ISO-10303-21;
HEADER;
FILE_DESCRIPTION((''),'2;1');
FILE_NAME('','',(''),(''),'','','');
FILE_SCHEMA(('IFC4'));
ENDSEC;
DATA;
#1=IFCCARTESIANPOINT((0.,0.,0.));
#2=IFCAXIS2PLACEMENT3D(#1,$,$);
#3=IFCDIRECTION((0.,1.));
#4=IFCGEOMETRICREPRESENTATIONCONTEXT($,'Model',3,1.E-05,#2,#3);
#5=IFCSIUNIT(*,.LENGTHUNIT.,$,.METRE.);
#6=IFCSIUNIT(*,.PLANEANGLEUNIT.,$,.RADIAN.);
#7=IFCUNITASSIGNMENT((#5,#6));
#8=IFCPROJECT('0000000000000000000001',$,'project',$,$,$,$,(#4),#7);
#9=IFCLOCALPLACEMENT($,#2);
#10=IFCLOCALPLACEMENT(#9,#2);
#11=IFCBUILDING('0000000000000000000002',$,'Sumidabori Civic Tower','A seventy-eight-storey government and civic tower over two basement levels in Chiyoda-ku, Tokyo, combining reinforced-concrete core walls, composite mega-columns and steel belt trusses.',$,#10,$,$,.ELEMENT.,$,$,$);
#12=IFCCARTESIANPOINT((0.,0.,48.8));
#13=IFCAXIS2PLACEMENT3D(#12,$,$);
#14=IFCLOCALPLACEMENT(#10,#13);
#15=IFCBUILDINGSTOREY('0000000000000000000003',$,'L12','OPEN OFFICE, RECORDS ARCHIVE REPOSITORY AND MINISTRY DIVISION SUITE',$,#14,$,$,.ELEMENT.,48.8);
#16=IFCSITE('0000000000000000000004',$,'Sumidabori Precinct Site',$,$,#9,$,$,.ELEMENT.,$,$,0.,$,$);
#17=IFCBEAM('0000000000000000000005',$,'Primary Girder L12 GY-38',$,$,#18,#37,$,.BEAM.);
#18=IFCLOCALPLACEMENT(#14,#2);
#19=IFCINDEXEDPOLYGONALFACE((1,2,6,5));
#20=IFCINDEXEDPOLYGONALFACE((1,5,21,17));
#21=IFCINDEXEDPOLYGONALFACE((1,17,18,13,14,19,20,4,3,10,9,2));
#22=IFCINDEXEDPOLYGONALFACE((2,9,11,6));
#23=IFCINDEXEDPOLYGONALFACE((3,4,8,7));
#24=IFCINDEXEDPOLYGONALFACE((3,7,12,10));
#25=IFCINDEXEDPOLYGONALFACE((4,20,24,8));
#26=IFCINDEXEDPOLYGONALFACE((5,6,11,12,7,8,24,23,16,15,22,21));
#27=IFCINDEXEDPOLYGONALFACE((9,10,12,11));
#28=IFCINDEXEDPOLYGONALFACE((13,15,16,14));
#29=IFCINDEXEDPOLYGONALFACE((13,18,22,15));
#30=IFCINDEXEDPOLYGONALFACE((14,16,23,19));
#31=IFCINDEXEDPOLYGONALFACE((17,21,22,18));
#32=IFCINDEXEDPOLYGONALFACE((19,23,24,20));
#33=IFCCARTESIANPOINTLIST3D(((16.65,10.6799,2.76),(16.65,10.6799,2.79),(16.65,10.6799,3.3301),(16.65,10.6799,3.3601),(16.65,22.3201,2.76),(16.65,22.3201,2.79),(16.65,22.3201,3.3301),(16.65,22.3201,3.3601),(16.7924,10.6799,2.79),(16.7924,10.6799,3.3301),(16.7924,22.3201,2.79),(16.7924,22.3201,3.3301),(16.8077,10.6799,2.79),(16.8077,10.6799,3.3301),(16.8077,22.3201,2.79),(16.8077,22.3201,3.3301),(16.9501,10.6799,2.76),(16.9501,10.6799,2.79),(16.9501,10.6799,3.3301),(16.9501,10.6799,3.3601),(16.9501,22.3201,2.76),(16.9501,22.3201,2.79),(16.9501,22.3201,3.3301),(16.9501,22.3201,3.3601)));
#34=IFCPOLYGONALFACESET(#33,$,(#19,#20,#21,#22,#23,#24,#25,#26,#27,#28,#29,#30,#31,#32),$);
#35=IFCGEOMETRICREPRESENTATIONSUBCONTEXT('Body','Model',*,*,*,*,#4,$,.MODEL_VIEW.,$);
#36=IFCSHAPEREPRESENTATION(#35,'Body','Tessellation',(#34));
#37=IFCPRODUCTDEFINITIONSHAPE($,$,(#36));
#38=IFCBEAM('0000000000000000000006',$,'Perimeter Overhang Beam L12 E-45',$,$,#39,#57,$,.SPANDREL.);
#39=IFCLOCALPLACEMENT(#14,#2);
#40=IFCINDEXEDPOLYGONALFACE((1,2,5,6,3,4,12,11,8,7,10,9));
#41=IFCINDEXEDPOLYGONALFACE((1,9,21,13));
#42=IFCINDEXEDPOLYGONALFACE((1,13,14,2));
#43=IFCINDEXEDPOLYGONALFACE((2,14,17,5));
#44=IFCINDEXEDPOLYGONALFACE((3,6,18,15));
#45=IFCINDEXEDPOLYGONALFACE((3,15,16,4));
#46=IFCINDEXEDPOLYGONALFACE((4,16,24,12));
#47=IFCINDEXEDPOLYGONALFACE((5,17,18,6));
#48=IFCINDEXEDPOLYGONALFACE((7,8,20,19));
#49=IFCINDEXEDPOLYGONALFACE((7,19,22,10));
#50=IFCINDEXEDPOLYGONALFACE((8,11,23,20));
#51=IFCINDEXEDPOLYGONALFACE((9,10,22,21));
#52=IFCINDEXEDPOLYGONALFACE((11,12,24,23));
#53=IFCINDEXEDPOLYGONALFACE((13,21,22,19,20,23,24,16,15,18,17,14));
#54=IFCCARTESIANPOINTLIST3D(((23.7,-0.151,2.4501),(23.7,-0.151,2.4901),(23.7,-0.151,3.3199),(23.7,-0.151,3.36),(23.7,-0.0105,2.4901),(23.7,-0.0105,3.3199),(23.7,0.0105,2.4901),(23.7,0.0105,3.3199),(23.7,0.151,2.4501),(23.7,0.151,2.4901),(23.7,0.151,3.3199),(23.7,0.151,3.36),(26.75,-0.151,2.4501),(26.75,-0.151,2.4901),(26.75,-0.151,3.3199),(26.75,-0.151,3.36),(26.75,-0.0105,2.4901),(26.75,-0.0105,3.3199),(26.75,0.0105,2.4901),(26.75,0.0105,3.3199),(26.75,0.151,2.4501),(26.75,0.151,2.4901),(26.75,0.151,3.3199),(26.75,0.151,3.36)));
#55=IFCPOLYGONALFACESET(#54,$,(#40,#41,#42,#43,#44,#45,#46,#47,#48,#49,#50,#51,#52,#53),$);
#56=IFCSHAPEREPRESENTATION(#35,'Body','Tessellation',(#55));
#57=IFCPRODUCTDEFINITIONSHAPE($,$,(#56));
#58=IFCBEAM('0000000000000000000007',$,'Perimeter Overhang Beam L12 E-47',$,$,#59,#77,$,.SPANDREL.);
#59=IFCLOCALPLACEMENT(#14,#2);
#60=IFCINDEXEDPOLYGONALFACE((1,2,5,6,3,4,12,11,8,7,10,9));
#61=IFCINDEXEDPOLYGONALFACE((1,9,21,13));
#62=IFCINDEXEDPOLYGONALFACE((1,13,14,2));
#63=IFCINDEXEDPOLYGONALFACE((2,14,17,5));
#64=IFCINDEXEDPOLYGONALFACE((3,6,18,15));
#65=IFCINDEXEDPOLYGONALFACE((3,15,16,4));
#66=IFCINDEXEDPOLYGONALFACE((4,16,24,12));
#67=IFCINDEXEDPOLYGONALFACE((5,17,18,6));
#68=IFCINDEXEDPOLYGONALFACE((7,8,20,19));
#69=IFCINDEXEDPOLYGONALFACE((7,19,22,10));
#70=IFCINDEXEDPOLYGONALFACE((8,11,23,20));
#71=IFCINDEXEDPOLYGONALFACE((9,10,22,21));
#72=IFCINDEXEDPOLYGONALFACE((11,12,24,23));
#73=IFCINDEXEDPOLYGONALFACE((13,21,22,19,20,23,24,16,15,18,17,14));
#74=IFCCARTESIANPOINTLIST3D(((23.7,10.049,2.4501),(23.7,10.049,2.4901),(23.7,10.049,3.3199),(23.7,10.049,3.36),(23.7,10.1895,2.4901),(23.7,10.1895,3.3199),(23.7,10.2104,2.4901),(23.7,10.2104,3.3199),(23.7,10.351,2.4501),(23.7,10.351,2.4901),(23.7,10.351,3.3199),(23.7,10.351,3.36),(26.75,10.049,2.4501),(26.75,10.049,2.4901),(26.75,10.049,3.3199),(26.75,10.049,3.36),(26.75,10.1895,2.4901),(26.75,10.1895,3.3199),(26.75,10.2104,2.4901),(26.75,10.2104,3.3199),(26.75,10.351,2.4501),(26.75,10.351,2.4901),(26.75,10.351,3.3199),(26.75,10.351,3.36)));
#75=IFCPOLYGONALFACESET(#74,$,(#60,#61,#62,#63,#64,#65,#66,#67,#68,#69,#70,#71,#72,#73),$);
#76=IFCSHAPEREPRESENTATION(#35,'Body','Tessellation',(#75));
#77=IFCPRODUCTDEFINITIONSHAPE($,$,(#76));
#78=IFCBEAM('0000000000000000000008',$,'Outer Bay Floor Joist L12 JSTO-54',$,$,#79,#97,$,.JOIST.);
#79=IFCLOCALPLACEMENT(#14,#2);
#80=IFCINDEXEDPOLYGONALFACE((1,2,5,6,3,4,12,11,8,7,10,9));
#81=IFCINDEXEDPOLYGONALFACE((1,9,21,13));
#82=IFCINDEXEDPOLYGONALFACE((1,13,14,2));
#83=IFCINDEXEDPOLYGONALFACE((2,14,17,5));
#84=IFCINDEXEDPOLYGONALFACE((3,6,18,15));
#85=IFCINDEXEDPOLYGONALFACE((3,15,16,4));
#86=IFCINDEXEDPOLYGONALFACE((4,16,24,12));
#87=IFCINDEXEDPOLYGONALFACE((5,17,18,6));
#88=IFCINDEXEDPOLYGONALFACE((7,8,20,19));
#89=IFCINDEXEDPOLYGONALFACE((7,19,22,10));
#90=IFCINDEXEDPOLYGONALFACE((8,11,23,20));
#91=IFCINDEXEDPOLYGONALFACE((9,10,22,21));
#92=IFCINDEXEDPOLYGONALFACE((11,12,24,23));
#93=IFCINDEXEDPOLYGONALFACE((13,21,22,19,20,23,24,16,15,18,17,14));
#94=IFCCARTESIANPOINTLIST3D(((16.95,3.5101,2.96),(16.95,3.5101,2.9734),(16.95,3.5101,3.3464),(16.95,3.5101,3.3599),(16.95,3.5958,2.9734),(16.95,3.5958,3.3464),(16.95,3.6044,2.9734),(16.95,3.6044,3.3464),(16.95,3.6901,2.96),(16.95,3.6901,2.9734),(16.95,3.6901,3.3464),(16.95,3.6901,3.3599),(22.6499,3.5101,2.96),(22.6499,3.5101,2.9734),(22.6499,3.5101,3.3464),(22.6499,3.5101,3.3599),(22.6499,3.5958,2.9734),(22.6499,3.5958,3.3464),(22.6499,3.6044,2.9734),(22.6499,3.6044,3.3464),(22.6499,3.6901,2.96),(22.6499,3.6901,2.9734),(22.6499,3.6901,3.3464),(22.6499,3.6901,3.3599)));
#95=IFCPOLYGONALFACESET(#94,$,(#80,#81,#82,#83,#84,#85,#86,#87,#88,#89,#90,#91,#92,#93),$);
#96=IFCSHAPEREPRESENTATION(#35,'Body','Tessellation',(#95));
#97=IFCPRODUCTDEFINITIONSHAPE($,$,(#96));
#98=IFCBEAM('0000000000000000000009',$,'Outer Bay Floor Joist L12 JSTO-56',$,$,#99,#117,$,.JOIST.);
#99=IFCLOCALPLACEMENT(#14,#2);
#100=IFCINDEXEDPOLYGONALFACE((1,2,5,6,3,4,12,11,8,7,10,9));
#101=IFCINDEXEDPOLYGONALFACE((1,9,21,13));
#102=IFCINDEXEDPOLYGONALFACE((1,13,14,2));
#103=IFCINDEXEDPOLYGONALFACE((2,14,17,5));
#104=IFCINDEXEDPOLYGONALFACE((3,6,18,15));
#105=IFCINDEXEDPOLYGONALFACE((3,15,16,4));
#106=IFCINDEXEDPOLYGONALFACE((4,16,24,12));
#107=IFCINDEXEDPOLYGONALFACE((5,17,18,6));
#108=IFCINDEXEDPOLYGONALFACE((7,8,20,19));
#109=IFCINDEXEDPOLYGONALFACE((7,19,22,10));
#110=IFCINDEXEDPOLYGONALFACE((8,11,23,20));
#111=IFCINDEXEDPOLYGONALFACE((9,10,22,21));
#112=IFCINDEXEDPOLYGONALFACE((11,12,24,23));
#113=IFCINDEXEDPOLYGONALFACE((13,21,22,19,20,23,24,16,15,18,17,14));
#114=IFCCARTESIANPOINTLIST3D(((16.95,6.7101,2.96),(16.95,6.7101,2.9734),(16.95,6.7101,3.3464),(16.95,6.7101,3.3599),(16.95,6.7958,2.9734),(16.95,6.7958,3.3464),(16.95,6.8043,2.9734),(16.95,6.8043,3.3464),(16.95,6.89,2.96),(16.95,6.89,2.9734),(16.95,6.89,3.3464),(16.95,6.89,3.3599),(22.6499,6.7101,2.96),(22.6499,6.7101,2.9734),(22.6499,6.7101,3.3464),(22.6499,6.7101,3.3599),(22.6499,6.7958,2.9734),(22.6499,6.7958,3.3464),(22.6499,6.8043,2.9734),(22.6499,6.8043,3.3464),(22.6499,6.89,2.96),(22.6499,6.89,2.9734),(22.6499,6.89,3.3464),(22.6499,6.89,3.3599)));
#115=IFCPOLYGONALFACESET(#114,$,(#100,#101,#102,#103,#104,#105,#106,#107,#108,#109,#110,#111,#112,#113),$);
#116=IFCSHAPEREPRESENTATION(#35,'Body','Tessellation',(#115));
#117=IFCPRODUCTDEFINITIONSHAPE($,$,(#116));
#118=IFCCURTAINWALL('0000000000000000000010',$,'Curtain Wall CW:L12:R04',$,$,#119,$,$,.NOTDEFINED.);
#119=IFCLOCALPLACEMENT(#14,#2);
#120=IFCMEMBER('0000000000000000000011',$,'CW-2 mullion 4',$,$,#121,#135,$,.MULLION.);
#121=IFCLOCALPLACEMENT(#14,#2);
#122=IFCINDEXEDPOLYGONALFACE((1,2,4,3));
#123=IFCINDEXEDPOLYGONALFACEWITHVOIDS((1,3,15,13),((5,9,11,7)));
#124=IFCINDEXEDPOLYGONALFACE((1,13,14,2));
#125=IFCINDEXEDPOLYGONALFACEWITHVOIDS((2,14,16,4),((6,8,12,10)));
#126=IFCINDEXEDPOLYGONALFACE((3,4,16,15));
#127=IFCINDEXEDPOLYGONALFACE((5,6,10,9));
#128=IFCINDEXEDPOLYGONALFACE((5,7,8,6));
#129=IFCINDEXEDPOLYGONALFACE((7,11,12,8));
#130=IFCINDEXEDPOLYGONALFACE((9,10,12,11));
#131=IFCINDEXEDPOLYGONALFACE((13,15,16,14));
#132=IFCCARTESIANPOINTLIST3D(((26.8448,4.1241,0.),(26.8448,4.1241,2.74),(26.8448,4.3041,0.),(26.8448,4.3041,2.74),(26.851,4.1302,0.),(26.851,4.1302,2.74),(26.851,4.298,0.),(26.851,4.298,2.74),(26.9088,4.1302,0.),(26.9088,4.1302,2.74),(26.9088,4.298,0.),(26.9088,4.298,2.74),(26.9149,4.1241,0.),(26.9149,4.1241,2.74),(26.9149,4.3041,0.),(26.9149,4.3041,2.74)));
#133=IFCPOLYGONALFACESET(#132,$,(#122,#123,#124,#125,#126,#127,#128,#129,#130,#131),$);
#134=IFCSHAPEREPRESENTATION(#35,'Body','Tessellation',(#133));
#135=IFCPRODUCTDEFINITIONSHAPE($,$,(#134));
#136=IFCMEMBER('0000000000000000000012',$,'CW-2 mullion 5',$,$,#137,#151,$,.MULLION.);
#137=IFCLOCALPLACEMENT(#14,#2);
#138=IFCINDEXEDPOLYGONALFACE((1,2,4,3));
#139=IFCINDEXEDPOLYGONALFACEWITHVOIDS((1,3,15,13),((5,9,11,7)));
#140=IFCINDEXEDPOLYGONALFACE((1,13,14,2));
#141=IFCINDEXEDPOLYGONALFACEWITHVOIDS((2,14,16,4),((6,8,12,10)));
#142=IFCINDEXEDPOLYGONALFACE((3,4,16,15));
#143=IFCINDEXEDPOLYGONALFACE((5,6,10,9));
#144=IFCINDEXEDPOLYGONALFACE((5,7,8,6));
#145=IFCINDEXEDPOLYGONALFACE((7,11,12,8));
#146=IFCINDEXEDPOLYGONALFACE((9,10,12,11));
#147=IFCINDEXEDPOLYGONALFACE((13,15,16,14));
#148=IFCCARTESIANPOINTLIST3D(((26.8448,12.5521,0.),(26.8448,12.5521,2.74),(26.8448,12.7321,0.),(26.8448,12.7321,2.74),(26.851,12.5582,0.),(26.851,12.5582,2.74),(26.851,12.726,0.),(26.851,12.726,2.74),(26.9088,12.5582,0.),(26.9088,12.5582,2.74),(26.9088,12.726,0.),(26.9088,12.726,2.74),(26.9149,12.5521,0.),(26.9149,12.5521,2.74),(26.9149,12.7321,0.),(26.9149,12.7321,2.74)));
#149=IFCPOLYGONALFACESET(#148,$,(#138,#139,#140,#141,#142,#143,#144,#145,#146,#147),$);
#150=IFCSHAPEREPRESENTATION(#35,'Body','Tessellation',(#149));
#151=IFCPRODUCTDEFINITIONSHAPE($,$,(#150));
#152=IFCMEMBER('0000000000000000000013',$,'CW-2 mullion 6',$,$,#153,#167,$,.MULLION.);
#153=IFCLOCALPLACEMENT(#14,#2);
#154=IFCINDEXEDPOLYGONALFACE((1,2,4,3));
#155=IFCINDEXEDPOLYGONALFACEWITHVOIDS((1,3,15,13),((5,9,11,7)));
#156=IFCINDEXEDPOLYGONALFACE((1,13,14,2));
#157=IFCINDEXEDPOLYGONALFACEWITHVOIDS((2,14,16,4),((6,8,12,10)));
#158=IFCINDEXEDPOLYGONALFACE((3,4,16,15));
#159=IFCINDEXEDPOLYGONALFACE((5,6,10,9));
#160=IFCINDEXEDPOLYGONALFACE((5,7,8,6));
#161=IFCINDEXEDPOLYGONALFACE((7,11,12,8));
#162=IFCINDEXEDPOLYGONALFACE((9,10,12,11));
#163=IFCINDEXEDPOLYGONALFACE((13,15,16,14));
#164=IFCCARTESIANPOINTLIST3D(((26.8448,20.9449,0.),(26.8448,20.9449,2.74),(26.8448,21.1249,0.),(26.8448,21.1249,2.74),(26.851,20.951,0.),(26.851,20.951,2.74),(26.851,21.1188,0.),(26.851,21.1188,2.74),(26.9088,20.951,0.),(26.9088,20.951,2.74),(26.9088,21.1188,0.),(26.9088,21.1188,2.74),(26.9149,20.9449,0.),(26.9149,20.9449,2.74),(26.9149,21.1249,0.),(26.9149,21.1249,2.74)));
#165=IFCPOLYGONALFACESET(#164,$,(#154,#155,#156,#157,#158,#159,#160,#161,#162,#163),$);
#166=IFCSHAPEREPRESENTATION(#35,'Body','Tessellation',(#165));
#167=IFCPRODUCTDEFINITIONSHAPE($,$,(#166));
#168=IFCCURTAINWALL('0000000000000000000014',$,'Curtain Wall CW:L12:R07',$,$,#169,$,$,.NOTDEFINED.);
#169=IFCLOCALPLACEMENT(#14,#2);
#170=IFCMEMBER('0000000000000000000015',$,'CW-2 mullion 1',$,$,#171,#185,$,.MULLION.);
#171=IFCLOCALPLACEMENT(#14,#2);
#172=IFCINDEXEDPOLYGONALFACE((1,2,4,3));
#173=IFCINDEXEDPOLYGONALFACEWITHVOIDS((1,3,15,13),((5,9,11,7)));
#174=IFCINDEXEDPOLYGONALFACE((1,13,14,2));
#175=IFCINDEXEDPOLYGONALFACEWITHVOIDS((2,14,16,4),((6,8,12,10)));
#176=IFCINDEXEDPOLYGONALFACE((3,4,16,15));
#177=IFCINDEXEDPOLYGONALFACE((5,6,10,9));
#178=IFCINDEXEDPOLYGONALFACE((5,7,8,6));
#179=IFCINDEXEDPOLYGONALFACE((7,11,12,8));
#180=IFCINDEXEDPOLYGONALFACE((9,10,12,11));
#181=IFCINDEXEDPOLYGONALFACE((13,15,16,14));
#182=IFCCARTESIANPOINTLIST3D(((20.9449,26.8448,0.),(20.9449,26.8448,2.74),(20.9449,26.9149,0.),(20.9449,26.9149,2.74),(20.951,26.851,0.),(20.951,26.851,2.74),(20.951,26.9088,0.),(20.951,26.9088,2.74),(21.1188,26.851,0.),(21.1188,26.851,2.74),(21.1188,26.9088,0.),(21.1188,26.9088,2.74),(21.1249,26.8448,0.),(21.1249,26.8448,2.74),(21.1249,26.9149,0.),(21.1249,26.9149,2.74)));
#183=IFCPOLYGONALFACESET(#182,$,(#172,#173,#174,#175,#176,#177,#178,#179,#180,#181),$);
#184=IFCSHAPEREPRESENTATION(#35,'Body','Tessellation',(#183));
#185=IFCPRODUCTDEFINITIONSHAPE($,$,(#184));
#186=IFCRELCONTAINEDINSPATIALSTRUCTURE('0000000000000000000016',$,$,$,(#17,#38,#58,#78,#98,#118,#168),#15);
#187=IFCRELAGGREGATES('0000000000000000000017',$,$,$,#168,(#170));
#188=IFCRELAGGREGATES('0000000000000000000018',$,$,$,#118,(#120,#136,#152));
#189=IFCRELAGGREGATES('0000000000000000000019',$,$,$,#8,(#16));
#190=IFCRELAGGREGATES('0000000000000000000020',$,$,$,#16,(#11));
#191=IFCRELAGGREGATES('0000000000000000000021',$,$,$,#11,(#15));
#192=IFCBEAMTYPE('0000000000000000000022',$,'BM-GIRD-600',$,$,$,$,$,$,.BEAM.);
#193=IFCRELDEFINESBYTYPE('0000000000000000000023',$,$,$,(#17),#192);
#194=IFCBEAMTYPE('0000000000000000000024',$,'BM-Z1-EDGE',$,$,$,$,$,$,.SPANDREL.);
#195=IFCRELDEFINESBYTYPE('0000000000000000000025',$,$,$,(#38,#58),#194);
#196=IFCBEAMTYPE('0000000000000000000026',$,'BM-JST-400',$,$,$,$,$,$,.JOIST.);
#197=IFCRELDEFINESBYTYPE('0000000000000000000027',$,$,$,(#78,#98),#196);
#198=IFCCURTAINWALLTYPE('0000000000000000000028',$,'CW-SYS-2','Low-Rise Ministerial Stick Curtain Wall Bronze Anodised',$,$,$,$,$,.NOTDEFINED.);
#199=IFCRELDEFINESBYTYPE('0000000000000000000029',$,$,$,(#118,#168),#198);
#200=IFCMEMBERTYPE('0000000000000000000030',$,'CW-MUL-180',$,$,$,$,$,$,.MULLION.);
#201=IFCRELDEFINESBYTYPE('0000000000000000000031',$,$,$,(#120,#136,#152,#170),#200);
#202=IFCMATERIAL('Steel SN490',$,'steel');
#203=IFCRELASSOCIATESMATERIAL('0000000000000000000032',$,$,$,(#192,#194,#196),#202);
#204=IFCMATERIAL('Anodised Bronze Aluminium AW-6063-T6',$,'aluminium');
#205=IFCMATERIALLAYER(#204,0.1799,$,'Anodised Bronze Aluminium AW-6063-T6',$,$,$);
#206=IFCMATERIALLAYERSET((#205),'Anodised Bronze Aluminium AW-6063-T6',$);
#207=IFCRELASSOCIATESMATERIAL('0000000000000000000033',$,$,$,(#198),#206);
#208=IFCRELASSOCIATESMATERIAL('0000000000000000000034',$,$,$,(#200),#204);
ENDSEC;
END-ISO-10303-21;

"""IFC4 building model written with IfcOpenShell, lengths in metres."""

from ifc_helpers import new_model, si_unit, direction, frame, origin, origin_2d, place, context, subcontext, project, spatial, hollow_rectangle, i_section, extrude, source, transform, mapped, material, layer, layer_set, material_profile, profile_set, type_object, element, aggregate, save


model = new_model("IFC4")

# Units and contexts
model_context = context("Model", 3, precision=1e-05, world=origin(), true_north=direction((0.0, 1.0)))
body_context = subcontext(model_context, "Body", "Model", "MODEL_VIEW")
ifc_project = project(units=[si_unit("LENGTHUNIT", "METRE"), si_unit("PLANEANGLEUNIT", "RADIAN")], contexts=[model_context])

# Site, building, storey
site_placement = place(None, origin())
site = spatial("IfcSite", under=ifc_project, at=site_placement, Name="Sumidabori Precinct Site", CompositionType="ELEMENT", RefElevation=0.0)
building_placement = place(site_placement, origin())
building = spatial("IfcBuilding", under=site, at=building_placement, Name="Sumidabori Civic Tower", Description="A seventy-eight-storey government and civic tower over two basement levels in Chiyoda-ku, Tokyo, combining reinforced-concrete core walls, composite mega-columns and steel belt trusses.", CompositionType="ELEMENT")
storey_placement = place(building_placement, frame((0.0, 0.0, 48.8)))
storey = spatial("IfcBuildingStorey", under=building, at=storey_placement, Name="L12", Description="OPEN OFFICE, RECORDS ARCHIVE REPOSITORY AND MINISTRY DIVISION SUITE", CompositionType="ELEMENT", Elevation=48.8)

# Beams
ifc_material_1 = material(Name="Steel SN490", Category="steel")
ifc_material_profile_1 = material_profile(ifc_material_1, i_section(OverallWidth=0.3, OverallDepth=0.6001, WebThickness=0.0154, FlangeThickness=0.03, at=origin_2d()), Name="HE 600 B")
ifc_profile_set_1 = profile_set([ifc_material_profile_1], Name="Steel SN490")
beam_type_1 = type_object("IfcBeamType", Name="BM-GIRD-600", PredefinedType="BEAM", material=ifc_profile_set_1)
shared_shape_1 = source(origin(), body_context, "Body", "SweptSolid", [
    extrude(i_section(OverallWidth=0.3, OverallDepth=0.6001, WebThickness=0.0154, FlangeThickness=0.03, at=origin_2d()), origin(), (0.0, 0.0, 1.0), 11.6401),
])
beam_1_placement = place(storey_placement, frame((16.8, 10.6799, 3.0601), z_axis=(0.0, 1.0, 0.0), x_axis=(-1.0, 0.0, 0.0)))
element("IfcBeam", 1, at=beam_1_placement, inside=storey, type_object=beam_type_1, Name="Primary Girder L12 GY-38", PredefinedType="BEAM", context=body_context, shape_type="MappedRepresentation", body=[
    mapped(shared_shape_1, transform((0.0, 0.0, 0.0), x_axis=(1.0, 0.0, 0.0), y_axis=(0.0, 1.0, 0.0), z_axis=(0.0, 0.0, 1.0), scale=1.0)),
])
ifc_material_profile_2 = material_profile(ifc_material_1, i_section(OverallWidth=0.302, OverallDepth=0.9099, WebThickness=0.021, FlangeThickness=0.04, at=origin_2d()), Name="HE 900 M")
ifc_profile_set_2 = profile_set([ifc_material_profile_2], Name="Steel SN490")
beam_type_2 = type_object("IfcBeamType", Name="BM-Z1-EDGE", PredefinedType="SPANDREL", material=ifc_profile_set_2)
shared_shape_2 = source(origin(), body_context, "Body", "SweptSolid", [
    extrude(i_section(OverallWidth=0.302, OverallDepth=0.9099, WebThickness=0.021, FlangeThickness=0.04, at=origin_2d()), origin(), (0.0, 0.0, 1.0), 3.05),
])
for number, where, z_axis, x_axis, name in (
    (2, (23.7, 0.0, 2.905), (1.0, 0.0, 0.0), (0.0, 1.0, 0.0), "Perimeter Overhang Beam L12 E-45"),
    (3, (23.7, 10.2, 2.905), (1.0, 0.0, 0.0), (0.0, 1.0, 0.0), "Perimeter Overhang Beam L12 E-47"),
):
    element("IfcBeam", number, at=place(storey_placement, frame(where, z_axis=z_axis, x_axis=x_axis)), inside=storey, type_object=beam_type_2, Name=name, PredefinedType="SPANDREL", context=body_context, shape_type="MappedRepresentation", body=[
        mapped(shared_shape_2, transform((0.0, 0.0, 0.0), x_axis=(1.0, 0.0, 0.0), y_axis=(0.0, 1.0, 0.0), z_axis=(0.0, 0.0, 1.0), scale=1.0)),
    ])
ifc_material_profile_3 = material_profile(ifc_material_1, i_section(OverallWidth=0.1799, OverallDepth=0.3999, WebThickness=0.0085, FlangeThickness=0.0134, at=origin_2d()), Name="IPE 400")
ifc_profile_set_3 = profile_set([ifc_material_profile_3], Name="Steel SN490")
beam_type_3 = type_object("IfcBeamType", Name="BM-JST-400", PredefinedType="JOIST", material=ifc_profile_set_3)
shared_shape_3 = source(origin(), body_context, "Body", "SweptSolid", [
    extrude(i_section(OverallWidth=0.1799, OverallDepth=0.3999, WebThickness=0.0085, FlangeThickness=0.0134, at=origin_2d()), origin(), (0.0, 0.0, 1.0), 5.7),
])
for number, where, z_axis, x_axis, name in (
    (4, (16.95, 3.6001, 3.1599), (1.0, 0.0, 0.0), (0.0, 1.0, 0.0), "Outer Bay Floor Joist L12 JSTO-54"),
    (5, (16.95, 6.8, 3.1599), (1.0, 0.0, 0.0), (0.0, 1.0, 0.0), "Outer Bay Floor Joist L12 JSTO-56"),
):
    element("IfcBeam", number, at=place(storey_placement, frame(where, z_axis=z_axis, x_axis=x_axis)), inside=storey, type_object=beam_type_3, Name=name, PredefinedType="JOIST", context=body_context, shape_type="MappedRepresentation", body=[
        mapped(shared_shape_3, transform((0.0, 0.0, 0.0), x_axis=(1.0, 0.0, 0.0), y_axis=(0.0, 1.0, 0.0), z_axis=(0.0, 0.0, 1.0), scale=1.0)),
    ])

# Curtain wall, members
ifc_material_2 = material(Name="Anodised Bronze Aluminium AW-6063-T6", Category="aluminium")
ifc_layer_1 = layer(ifc_material_2, 0.1799, Name="Anodised Bronze Aluminium AW-6063-T6")
ifc_layer_set_1 = layer_set([ifc_layer_1], Name="Anodised Bronze Aluminium AW-6063-T6")
curtain_wall_type = type_object("IfcCurtainWallType", Name="CW-SYS-2", Description="Low-Rise Ministerial Stick Curtain Wall Bronze Anodised", PredefinedType="NOTDEFINED", material=ifc_layer_set_1)
curtain_wall_1_placement = place(storey_placement, origin())
curtain_wall_1 = element("IfcCurtainWall", 6, at=curtain_wall_1_placement, inside=storey, type_object=curtain_wall_type, Name="Curtain Wall CW:L12:R04", PredefinedType="NOTDEFINED")
ifc_material_profile_4 = material_profile(ifc_material_2, hollow_rectangle(XDim=0.0701, YDim=0.1799, WallThickness=0.0061, at=origin_2d()), Name="ALU MULLION 180x70")
ifc_profile_set_4 = profile_set([ifc_material_profile_4], Name="Anodised Bronze Aluminium AW-6063-T6")
member_type_1 = type_object("IfcMemberType", Name="CW-MUL-180", PredefinedType="MULLION", material=ifc_profile_set_4)
shared_shape_4 = source(origin(), body_context, "Body", "SweptSolid", [
    extrude(hollow_rectangle(XDim=0.0701, YDim=0.1799, WallThickness=0.0061, at=origin_2d()), origin(), (0.0, 0.0, 1.0), 2.74),
])
member_1_placement = place(storey_placement, frame((26.8799, 4.2141, 0.0), z_axis=(0.0, 0.0, 1.0), x_axis=(-1.0, 0.0, 0.0)))
member_1 = element("IfcMember", 7, at=member_1_placement, type_object=member_type_1, Name="CW-2 mullion 4", PredefinedType="MULLION", context=body_context, shape_type="MappedRepresentation", body=[
    mapped(shared_shape_4, transform((0.0, 0.0, 0.0), x_axis=(1.0, 0.0, 0.0), y_axis=(0.0, 1.0, 0.0), z_axis=(0.0, 0.0, 1.0), scale=1.0)),
])
member_2_placement = place(storey_placement, frame((26.8799, 12.6421, 0.0), z_axis=(0.0, 0.0, 1.0), x_axis=(-1.0, 0.0, 0.0)))
member_2 = element("IfcMember", 8, at=member_2_placement, type_object=member_type_1, Name="CW-2 mullion 5", PredefinedType="MULLION", context=body_context, shape_type="MappedRepresentation", body=[
    mapped(shared_shape_4, transform((0.0, 0.0, 0.0), x_axis=(1.0, 0.0, 0.0), y_axis=(0.0, 1.0, 0.0), z_axis=(0.0, 0.0, 1.0), scale=1.0)),
])
member_3_placement = place(storey_placement, frame((26.8799, 21.0349, 0.0), z_axis=(0.0, 0.0, 1.0), x_axis=(-1.0, 0.0, 0.0)))
member_3 = element("IfcMember", 9, at=member_3_placement, type_object=member_type_1, Name="CW-2 mullion 6", PredefinedType="MULLION", context=body_context, shape_type="MappedRepresentation", body=[
    mapped(shared_shape_4, transform((0.0, 0.0, 0.0), x_axis=(1.0, 0.0, 0.0), y_axis=(0.0, 1.0, 0.0), z_axis=(0.0, 0.0, 1.0), scale=1.0)),
])

# Curtain wall, member
curtain_wall_2_placement = place(storey_placement, origin())
curtain_wall_2 = element("IfcCurtainWall", 10, at=curtain_wall_2_placement, inside=storey, type_object=curtain_wall_type, Name="Curtain Wall CW:L12:R07", PredefinedType="NOTDEFINED")
member_4_placement = place(storey_placement, frame((21.0349, 26.8799, 0.0), z_axis=(0.0, 0.0, 1.0), x_axis=(0.0, -1.0, 0.0)))
member_4 = element("IfcMember", 11, at=member_4_placement, type_object=member_type_1, Name="CW-2 mullion 1", PredefinedType="MULLION", context=body_context, shape_type="MappedRepresentation", body=[
    mapped(shared_shape_4, transform((0.0, 0.0, 0.0), x_axis=(1.0, 0.0, 0.0), y_axis=(0.0, 1.0, 0.0), z_axis=(0.0, 0.0, 1.0), scale=1.0)),
])

aggregate(curtain_wall_2, [member_4])
aggregate(curtain_wall_1, [member_1, member_2, member_3])

save(model, "model.ifc")
